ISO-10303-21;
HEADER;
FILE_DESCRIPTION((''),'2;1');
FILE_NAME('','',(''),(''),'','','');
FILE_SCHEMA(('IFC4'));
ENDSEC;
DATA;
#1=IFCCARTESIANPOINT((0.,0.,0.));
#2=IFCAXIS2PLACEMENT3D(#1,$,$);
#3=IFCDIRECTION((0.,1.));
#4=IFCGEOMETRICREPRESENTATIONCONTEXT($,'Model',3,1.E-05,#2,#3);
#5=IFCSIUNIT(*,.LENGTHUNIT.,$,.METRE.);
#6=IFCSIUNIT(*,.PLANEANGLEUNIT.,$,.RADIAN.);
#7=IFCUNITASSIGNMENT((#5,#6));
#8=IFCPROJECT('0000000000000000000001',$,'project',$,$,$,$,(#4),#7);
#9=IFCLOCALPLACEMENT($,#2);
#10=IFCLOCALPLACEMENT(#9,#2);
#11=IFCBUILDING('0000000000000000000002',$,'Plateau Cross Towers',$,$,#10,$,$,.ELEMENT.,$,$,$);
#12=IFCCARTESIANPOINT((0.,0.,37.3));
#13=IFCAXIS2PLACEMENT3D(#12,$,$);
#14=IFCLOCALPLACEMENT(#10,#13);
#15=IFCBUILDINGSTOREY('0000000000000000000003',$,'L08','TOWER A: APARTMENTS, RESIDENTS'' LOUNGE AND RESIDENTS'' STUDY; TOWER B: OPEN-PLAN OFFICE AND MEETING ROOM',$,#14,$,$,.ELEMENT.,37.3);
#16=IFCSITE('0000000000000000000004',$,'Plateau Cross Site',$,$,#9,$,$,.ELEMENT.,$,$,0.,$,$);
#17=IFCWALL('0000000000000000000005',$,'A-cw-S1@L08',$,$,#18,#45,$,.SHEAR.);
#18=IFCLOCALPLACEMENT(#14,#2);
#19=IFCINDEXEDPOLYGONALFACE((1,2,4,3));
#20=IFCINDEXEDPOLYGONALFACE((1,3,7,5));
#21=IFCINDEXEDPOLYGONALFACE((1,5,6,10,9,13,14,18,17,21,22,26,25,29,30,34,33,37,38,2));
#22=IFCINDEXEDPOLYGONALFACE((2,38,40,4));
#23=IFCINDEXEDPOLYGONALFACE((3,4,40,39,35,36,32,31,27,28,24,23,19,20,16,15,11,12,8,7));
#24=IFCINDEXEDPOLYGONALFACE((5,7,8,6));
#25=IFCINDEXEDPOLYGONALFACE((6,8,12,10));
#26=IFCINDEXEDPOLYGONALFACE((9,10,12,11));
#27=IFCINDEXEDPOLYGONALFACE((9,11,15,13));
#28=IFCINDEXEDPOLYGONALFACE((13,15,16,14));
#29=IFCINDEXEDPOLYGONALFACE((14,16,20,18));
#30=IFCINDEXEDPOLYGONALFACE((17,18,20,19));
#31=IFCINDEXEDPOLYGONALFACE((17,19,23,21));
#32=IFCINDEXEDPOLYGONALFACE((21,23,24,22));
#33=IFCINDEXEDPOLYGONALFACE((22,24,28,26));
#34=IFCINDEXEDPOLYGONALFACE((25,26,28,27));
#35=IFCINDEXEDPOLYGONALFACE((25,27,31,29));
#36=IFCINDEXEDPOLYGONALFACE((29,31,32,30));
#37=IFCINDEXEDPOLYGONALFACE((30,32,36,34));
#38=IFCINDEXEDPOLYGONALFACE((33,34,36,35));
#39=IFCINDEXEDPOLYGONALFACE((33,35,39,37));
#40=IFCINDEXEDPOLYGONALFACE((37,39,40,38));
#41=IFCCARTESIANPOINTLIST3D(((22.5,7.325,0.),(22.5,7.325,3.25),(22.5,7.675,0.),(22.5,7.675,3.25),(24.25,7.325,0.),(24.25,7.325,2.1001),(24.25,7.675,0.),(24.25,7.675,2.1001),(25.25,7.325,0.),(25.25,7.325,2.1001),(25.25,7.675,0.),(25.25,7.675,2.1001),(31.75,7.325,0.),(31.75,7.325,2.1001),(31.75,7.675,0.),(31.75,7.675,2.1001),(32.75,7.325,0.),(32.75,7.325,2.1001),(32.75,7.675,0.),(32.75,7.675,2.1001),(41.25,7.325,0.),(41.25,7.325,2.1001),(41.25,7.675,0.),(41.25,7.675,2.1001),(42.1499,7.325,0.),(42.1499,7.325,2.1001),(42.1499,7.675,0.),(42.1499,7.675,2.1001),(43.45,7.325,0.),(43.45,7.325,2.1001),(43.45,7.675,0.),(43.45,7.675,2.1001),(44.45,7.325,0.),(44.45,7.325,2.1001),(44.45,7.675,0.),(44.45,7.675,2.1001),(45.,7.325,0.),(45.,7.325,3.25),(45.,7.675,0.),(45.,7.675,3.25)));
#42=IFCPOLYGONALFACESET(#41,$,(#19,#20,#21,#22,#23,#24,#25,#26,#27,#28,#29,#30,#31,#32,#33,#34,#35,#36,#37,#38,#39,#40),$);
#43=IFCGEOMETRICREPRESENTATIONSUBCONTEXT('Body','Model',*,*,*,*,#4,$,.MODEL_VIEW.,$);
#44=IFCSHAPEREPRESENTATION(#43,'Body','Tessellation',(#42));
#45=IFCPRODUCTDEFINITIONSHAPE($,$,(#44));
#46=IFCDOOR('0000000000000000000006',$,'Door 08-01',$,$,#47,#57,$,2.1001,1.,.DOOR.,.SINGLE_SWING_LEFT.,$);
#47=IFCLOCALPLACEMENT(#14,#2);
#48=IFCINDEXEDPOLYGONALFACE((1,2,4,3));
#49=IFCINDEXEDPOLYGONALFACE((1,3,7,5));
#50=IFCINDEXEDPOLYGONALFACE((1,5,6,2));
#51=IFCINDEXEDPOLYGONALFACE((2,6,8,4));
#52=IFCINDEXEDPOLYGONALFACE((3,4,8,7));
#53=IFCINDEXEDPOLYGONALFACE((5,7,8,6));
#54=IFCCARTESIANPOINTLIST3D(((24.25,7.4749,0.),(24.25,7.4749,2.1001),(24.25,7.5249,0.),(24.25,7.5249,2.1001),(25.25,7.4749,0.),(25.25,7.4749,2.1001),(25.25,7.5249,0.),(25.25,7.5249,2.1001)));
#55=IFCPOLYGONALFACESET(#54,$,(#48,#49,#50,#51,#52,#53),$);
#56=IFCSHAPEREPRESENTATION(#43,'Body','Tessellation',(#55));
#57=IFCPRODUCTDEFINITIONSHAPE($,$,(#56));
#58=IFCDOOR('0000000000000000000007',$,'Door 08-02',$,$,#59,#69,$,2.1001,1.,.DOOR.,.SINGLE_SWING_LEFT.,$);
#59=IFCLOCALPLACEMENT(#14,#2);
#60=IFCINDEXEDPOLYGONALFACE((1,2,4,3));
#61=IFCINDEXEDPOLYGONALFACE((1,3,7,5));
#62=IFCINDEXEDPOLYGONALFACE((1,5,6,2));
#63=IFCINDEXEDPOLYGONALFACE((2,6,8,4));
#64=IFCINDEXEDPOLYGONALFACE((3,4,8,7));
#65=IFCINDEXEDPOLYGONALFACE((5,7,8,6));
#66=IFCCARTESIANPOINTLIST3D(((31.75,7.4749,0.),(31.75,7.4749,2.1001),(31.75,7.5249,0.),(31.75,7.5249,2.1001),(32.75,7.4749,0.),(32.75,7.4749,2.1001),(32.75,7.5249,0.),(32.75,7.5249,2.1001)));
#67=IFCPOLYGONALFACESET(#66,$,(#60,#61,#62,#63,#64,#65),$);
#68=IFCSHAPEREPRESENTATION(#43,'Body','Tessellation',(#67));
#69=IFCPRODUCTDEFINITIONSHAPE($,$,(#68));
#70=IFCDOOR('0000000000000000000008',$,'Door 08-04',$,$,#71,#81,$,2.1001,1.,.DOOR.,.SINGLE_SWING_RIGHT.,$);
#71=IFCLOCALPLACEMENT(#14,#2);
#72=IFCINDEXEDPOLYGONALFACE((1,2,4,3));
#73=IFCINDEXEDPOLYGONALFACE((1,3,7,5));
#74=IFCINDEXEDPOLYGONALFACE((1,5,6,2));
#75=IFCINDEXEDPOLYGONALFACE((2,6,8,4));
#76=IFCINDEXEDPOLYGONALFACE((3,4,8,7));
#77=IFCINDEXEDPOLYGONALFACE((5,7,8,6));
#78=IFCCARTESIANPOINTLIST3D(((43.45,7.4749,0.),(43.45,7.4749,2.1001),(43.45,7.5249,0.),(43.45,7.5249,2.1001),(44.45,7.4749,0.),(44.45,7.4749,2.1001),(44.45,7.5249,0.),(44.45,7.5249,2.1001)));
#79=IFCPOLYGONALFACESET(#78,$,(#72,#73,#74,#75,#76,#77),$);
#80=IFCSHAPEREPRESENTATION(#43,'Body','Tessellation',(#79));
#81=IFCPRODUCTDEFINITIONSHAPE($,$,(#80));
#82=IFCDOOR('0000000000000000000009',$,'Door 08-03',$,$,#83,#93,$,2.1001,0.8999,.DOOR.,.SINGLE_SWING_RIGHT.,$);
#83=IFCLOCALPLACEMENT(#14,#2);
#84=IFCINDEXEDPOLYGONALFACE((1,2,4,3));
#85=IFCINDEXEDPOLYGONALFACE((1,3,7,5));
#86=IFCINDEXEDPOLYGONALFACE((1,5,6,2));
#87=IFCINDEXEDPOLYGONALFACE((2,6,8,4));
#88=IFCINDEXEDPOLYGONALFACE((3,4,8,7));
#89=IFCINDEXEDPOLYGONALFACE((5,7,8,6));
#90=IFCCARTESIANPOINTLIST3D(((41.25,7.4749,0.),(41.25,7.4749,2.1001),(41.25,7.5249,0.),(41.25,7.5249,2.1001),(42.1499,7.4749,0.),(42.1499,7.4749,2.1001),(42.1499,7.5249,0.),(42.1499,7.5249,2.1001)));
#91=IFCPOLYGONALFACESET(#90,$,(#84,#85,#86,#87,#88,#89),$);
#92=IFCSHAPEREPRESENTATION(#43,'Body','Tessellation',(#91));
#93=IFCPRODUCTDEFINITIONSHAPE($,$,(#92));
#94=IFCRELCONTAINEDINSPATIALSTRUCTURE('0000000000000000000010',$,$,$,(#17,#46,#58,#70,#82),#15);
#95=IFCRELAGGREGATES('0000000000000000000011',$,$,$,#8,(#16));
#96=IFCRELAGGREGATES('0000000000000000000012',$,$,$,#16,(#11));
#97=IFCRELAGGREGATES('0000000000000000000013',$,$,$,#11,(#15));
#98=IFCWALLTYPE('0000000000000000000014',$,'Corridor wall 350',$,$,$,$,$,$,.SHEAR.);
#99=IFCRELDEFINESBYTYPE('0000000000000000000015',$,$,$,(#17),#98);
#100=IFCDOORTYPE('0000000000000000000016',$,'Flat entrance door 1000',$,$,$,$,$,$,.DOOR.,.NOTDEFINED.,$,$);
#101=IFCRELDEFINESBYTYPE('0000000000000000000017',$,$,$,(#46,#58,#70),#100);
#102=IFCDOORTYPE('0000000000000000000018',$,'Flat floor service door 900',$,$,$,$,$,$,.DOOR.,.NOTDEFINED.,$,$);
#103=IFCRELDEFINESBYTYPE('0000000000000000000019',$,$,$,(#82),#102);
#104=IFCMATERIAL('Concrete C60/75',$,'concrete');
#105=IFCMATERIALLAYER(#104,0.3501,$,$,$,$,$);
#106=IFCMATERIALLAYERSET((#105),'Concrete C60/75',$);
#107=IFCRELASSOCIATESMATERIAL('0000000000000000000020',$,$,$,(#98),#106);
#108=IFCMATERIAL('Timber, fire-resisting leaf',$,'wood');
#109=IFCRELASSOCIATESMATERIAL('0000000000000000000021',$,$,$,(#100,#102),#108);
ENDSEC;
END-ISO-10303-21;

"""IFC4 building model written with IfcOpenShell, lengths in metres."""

from ifc_helpers import new_model, si_unit, direction, frame, frame_2d, origin, place, context, subcontext, project, spatial, rectangle, extrude, material, layer, layer_set, type_object, element, fill, save


model = new_model("IFC4")

# Units and contexts
model_context = context("Model", 3, precision=1e-05, world=origin(), true_north=direction((0.0, 1.0)))
body_context = subcontext(model_context, "Body", "Model", "MODEL_VIEW")
ifc_project = project(units=[si_unit("LENGTHUNIT", "METRE"), si_unit("PLANEANGLEUNIT", "RADIAN")], contexts=[model_context])

# Site, building, storey
site_placement = place(None, origin())
site = spatial("IfcSite", under=ifc_project, at=site_placement, Name="Plateau Cross Site", CompositionType="ELEMENT", RefElevation=0.0)
building_placement = place(site_placement, origin())
building = spatial("IfcBuilding", under=site, at=building_placement, Name="Plateau Cross Towers", CompositionType="ELEMENT")
storey_placement = place(building_placement, frame((0.0, 0.0, 37.3)))
storey = spatial("IfcBuildingStorey", under=building, at=storey_placement, Name="L08", Description="TOWER A: APARTMENTS, RESIDENTS' LOUNGE AND RESIDENTS' STUDY; TOWER B: OPEN-PLAN OFFICE AND MEETING ROOM", CompositionType="ELEMENT", Elevation=37.3)

# Shared definitions
ifc_material_1 = material(Name="Timber, fire-resisting leaf", Category="wood")

# Shared definitions
ifc_material_2 = material(Name="Concrete C60/75", Category="concrete")

# Wall, openings, doors
ifc_layer_1 = layer(ifc_material_2, 0.3501)
ifc_layer_set_1 = layer_set([ifc_layer_1], Name="Concrete C60/75")
wall_type_1 = type_object("IfcWallType", Name="Corridor wall 350", PredefinedType="SHEAR", material=ifc_layer_set_1)
wall_1_placement = place(storey_placement, frame((22.5, 7.5, 0.0), z_axis=(0.0, 0.0, 1.0), x_axis=(1.0, 0.0, 0.0)))
wall_1 = element("IfcWall", 1, at=wall_1_placement, inside=storey, type_object=wall_type_1, Name="A-cw-S1@L08", PredefinedType="SHEAR", context=body_context, shape_type="SweptSolid", body=[
    extrude(rectangle(XDim=22.5, YDim=0.3501, at=frame_2d((11.25, 0.0))), origin(), (0.0, 0.0, 1.0), 3.25),
])
opening_1_placement = place(wall_1_placement, frame((1.75, 0.0, 0.0)))
opening_1 = element("IfcOpeningElement", 2, at=opening_1_placement, cuts=wall_1, PredefinedType="OPENING", context=body_context, shape_type="SweptSolid", body=[
    extrude(rectangle(XDim=1.0, YDim=2.1001, at=frame_2d((0.5, 1.05))), frame((0.0, 0.1851, 0.0), z_axis=(0.0, -1.0, 0.0), x_axis=(1.0, 0.0, 0.0)), (0.0, 0.0, 1.0), 0.3701),
])
opening_2_placement = place(wall_1_placement, frame((9.25, 0.0, 0.0)))
opening_2 = element("IfcOpeningElement", 3, at=opening_2_placement, cuts=wall_1, PredefinedType="OPENING", context=body_context, shape_type="SweptSolid", body=[
    extrude(rectangle(XDim=1.0, YDim=2.1001, at=frame_2d((0.5, 1.05))), frame((0.0, 0.1851, 0.0), z_axis=(0.0, -1.0, 0.0), x_axis=(1.0, 0.0, 0.0)), (0.0, 0.0, 1.0), 0.3701),
])
opening_3_placement = place(wall_1_placement, frame((18.75, 0.0, 0.0)))
opening_3 = element("IfcOpeningElement", 4, at=opening_3_placement, cuts=wall_1, PredefinedType="OPENING", context=body_context, shape_type="SweptSolid", body=[
    extrude(rectangle(XDim=0.8999, YDim=2.1001, at=frame_2d((0.45, 1.05))), frame((0.0, 0.1851, 0.0), z_axis=(0.0, -1.0, 0.0), x_axis=(1.0, 0.0, 0.0)), (0.0, 0.0, 1.0), 0.3701),
])
opening_4_placement = place(wall_1_placement, frame((20.95, 0.0, 0.0)))
opening_4 = element("IfcOpeningElement", 5, at=opening_4_placement, cuts=wall_1, PredefinedType="OPENING", context=body_context, shape_type="SweptSolid", body=[
    extrude(rectangle(XDim=1.0, YDim=2.1001, at=frame_2d((0.5, 1.05))), frame((0.0, 0.1851, 0.0), z_axis=(0.0, -1.0, 0.0), x_axis=(1.0, 0.0, 0.0)), (0.0, 0.0, 1.0), 0.3701),
])
door_type_1 = type_object("IfcDoorType", Name="Flat entrance door 1000", OperationType="NOTDEFINED", PredefinedType="DOOR", material=ifc_material_1)
door_1_placement = place(opening_1_placement, origin())
door_1 = element("IfcDoor", 6, at=door_1_placement, inside=storey, type_object=door_type_1, Name="Door 08-01", OperationType="SINGLE_SWING_LEFT", OverallHeight=2.1001, OverallWidth=1.0, PredefinedType="DOOR", context=body_context, shape_type="SweptSolid", body=[
    extrude(rectangle(XDim=1.0, YDim=2.1001, at=frame_2d((0.5, 1.05))), frame((0.0, 0.0249, 0.0), z_axis=(0.0, -1.0, 0.0), x_axis=(1.0, 0.0, 0.0)), (0.0, 0.0, 1.0), 0.05),
])
fill(opening_1, door_1)
door_2_placement = place(opening_2_placement, origin())
door_2 = element("IfcDoor", 7, at=door_2_placement, inside=storey, type_object=door_type_1, Name="Door 08-02", OperationType="SINGLE_SWING_LEFT", OverallHeight=2.1001, OverallWidth=1.0, PredefinedType="DOOR", context=body_context, shape_type="SweptSolid", body=[
    extrude(rectangle(XDim=1.0, YDim=2.1001, at=frame_2d((0.5, 1.05))), frame((0.0, 0.0249, 0.0), z_axis=(0.0, -1.0, 0.0), x_axis=(1.0, 0.0, 0.0)), (0.0, 0.0, 1.0), 0.05),
])
fill(opening_2, door_2)
door_3_placement = place(opening_4_placement, origin())
door_3 = element("IfcDoor", 8, at=door_3_placement, inside=storey, type_object=door_type_1, Name="Door 08-04", OperationType="SINGLE_SWING_RIGHT", OverallHeight=2.1001, OverallWidth=1.0, PredefinedType="DOOR", context=body_context, shape_type="SweptSolid", body=[
    extrude(rectangle(XDim=1.0, YDim=2.1001, at=frame_2d((0.5, 1.05))), frame((0.0, 0.0249, 0.0), z_axis=(0.0, -1.0, 0.0), x_axis=(1.0, 0.0, 0.0)), (0.0, 0.0, 1.0), 0.05),
])
fill(opening_4, door_3)
door_type_2 = type_object("IfcDoorType", Name="Flat floor service door 900", OperationType="NOTDEFINED", PredefinedType="DOOR", material=ifc_material_1)
door_4_placement = place(opening_3_placement, origin())
door_4 = element("IfcDoor", 9, at=door_4_placement, inside=storey, type_object=door_type_2, Name="Door 08-03", OperationType="SINGLE_SWING_RIGHT", OverallHeight=2.1001, OverallWidth=0.8999, PredefinedType="DOOR", context=body_context, shape_type="SweptSolid", body=[
    extrude(rectangle(XDim=0.8999, YDim=2.1001, at=frame_2d((0.45, 1.05))), frame((0.0, 0.0249, 0.0), z_axis=(0.0, -1.0, 0.0), x_axis=(1.0, 0.0, 0.0)), (0.0, 0.0, 1.0), 0.05),
])
fill(opening_3, door_4)

save(model, "model.ifc")
